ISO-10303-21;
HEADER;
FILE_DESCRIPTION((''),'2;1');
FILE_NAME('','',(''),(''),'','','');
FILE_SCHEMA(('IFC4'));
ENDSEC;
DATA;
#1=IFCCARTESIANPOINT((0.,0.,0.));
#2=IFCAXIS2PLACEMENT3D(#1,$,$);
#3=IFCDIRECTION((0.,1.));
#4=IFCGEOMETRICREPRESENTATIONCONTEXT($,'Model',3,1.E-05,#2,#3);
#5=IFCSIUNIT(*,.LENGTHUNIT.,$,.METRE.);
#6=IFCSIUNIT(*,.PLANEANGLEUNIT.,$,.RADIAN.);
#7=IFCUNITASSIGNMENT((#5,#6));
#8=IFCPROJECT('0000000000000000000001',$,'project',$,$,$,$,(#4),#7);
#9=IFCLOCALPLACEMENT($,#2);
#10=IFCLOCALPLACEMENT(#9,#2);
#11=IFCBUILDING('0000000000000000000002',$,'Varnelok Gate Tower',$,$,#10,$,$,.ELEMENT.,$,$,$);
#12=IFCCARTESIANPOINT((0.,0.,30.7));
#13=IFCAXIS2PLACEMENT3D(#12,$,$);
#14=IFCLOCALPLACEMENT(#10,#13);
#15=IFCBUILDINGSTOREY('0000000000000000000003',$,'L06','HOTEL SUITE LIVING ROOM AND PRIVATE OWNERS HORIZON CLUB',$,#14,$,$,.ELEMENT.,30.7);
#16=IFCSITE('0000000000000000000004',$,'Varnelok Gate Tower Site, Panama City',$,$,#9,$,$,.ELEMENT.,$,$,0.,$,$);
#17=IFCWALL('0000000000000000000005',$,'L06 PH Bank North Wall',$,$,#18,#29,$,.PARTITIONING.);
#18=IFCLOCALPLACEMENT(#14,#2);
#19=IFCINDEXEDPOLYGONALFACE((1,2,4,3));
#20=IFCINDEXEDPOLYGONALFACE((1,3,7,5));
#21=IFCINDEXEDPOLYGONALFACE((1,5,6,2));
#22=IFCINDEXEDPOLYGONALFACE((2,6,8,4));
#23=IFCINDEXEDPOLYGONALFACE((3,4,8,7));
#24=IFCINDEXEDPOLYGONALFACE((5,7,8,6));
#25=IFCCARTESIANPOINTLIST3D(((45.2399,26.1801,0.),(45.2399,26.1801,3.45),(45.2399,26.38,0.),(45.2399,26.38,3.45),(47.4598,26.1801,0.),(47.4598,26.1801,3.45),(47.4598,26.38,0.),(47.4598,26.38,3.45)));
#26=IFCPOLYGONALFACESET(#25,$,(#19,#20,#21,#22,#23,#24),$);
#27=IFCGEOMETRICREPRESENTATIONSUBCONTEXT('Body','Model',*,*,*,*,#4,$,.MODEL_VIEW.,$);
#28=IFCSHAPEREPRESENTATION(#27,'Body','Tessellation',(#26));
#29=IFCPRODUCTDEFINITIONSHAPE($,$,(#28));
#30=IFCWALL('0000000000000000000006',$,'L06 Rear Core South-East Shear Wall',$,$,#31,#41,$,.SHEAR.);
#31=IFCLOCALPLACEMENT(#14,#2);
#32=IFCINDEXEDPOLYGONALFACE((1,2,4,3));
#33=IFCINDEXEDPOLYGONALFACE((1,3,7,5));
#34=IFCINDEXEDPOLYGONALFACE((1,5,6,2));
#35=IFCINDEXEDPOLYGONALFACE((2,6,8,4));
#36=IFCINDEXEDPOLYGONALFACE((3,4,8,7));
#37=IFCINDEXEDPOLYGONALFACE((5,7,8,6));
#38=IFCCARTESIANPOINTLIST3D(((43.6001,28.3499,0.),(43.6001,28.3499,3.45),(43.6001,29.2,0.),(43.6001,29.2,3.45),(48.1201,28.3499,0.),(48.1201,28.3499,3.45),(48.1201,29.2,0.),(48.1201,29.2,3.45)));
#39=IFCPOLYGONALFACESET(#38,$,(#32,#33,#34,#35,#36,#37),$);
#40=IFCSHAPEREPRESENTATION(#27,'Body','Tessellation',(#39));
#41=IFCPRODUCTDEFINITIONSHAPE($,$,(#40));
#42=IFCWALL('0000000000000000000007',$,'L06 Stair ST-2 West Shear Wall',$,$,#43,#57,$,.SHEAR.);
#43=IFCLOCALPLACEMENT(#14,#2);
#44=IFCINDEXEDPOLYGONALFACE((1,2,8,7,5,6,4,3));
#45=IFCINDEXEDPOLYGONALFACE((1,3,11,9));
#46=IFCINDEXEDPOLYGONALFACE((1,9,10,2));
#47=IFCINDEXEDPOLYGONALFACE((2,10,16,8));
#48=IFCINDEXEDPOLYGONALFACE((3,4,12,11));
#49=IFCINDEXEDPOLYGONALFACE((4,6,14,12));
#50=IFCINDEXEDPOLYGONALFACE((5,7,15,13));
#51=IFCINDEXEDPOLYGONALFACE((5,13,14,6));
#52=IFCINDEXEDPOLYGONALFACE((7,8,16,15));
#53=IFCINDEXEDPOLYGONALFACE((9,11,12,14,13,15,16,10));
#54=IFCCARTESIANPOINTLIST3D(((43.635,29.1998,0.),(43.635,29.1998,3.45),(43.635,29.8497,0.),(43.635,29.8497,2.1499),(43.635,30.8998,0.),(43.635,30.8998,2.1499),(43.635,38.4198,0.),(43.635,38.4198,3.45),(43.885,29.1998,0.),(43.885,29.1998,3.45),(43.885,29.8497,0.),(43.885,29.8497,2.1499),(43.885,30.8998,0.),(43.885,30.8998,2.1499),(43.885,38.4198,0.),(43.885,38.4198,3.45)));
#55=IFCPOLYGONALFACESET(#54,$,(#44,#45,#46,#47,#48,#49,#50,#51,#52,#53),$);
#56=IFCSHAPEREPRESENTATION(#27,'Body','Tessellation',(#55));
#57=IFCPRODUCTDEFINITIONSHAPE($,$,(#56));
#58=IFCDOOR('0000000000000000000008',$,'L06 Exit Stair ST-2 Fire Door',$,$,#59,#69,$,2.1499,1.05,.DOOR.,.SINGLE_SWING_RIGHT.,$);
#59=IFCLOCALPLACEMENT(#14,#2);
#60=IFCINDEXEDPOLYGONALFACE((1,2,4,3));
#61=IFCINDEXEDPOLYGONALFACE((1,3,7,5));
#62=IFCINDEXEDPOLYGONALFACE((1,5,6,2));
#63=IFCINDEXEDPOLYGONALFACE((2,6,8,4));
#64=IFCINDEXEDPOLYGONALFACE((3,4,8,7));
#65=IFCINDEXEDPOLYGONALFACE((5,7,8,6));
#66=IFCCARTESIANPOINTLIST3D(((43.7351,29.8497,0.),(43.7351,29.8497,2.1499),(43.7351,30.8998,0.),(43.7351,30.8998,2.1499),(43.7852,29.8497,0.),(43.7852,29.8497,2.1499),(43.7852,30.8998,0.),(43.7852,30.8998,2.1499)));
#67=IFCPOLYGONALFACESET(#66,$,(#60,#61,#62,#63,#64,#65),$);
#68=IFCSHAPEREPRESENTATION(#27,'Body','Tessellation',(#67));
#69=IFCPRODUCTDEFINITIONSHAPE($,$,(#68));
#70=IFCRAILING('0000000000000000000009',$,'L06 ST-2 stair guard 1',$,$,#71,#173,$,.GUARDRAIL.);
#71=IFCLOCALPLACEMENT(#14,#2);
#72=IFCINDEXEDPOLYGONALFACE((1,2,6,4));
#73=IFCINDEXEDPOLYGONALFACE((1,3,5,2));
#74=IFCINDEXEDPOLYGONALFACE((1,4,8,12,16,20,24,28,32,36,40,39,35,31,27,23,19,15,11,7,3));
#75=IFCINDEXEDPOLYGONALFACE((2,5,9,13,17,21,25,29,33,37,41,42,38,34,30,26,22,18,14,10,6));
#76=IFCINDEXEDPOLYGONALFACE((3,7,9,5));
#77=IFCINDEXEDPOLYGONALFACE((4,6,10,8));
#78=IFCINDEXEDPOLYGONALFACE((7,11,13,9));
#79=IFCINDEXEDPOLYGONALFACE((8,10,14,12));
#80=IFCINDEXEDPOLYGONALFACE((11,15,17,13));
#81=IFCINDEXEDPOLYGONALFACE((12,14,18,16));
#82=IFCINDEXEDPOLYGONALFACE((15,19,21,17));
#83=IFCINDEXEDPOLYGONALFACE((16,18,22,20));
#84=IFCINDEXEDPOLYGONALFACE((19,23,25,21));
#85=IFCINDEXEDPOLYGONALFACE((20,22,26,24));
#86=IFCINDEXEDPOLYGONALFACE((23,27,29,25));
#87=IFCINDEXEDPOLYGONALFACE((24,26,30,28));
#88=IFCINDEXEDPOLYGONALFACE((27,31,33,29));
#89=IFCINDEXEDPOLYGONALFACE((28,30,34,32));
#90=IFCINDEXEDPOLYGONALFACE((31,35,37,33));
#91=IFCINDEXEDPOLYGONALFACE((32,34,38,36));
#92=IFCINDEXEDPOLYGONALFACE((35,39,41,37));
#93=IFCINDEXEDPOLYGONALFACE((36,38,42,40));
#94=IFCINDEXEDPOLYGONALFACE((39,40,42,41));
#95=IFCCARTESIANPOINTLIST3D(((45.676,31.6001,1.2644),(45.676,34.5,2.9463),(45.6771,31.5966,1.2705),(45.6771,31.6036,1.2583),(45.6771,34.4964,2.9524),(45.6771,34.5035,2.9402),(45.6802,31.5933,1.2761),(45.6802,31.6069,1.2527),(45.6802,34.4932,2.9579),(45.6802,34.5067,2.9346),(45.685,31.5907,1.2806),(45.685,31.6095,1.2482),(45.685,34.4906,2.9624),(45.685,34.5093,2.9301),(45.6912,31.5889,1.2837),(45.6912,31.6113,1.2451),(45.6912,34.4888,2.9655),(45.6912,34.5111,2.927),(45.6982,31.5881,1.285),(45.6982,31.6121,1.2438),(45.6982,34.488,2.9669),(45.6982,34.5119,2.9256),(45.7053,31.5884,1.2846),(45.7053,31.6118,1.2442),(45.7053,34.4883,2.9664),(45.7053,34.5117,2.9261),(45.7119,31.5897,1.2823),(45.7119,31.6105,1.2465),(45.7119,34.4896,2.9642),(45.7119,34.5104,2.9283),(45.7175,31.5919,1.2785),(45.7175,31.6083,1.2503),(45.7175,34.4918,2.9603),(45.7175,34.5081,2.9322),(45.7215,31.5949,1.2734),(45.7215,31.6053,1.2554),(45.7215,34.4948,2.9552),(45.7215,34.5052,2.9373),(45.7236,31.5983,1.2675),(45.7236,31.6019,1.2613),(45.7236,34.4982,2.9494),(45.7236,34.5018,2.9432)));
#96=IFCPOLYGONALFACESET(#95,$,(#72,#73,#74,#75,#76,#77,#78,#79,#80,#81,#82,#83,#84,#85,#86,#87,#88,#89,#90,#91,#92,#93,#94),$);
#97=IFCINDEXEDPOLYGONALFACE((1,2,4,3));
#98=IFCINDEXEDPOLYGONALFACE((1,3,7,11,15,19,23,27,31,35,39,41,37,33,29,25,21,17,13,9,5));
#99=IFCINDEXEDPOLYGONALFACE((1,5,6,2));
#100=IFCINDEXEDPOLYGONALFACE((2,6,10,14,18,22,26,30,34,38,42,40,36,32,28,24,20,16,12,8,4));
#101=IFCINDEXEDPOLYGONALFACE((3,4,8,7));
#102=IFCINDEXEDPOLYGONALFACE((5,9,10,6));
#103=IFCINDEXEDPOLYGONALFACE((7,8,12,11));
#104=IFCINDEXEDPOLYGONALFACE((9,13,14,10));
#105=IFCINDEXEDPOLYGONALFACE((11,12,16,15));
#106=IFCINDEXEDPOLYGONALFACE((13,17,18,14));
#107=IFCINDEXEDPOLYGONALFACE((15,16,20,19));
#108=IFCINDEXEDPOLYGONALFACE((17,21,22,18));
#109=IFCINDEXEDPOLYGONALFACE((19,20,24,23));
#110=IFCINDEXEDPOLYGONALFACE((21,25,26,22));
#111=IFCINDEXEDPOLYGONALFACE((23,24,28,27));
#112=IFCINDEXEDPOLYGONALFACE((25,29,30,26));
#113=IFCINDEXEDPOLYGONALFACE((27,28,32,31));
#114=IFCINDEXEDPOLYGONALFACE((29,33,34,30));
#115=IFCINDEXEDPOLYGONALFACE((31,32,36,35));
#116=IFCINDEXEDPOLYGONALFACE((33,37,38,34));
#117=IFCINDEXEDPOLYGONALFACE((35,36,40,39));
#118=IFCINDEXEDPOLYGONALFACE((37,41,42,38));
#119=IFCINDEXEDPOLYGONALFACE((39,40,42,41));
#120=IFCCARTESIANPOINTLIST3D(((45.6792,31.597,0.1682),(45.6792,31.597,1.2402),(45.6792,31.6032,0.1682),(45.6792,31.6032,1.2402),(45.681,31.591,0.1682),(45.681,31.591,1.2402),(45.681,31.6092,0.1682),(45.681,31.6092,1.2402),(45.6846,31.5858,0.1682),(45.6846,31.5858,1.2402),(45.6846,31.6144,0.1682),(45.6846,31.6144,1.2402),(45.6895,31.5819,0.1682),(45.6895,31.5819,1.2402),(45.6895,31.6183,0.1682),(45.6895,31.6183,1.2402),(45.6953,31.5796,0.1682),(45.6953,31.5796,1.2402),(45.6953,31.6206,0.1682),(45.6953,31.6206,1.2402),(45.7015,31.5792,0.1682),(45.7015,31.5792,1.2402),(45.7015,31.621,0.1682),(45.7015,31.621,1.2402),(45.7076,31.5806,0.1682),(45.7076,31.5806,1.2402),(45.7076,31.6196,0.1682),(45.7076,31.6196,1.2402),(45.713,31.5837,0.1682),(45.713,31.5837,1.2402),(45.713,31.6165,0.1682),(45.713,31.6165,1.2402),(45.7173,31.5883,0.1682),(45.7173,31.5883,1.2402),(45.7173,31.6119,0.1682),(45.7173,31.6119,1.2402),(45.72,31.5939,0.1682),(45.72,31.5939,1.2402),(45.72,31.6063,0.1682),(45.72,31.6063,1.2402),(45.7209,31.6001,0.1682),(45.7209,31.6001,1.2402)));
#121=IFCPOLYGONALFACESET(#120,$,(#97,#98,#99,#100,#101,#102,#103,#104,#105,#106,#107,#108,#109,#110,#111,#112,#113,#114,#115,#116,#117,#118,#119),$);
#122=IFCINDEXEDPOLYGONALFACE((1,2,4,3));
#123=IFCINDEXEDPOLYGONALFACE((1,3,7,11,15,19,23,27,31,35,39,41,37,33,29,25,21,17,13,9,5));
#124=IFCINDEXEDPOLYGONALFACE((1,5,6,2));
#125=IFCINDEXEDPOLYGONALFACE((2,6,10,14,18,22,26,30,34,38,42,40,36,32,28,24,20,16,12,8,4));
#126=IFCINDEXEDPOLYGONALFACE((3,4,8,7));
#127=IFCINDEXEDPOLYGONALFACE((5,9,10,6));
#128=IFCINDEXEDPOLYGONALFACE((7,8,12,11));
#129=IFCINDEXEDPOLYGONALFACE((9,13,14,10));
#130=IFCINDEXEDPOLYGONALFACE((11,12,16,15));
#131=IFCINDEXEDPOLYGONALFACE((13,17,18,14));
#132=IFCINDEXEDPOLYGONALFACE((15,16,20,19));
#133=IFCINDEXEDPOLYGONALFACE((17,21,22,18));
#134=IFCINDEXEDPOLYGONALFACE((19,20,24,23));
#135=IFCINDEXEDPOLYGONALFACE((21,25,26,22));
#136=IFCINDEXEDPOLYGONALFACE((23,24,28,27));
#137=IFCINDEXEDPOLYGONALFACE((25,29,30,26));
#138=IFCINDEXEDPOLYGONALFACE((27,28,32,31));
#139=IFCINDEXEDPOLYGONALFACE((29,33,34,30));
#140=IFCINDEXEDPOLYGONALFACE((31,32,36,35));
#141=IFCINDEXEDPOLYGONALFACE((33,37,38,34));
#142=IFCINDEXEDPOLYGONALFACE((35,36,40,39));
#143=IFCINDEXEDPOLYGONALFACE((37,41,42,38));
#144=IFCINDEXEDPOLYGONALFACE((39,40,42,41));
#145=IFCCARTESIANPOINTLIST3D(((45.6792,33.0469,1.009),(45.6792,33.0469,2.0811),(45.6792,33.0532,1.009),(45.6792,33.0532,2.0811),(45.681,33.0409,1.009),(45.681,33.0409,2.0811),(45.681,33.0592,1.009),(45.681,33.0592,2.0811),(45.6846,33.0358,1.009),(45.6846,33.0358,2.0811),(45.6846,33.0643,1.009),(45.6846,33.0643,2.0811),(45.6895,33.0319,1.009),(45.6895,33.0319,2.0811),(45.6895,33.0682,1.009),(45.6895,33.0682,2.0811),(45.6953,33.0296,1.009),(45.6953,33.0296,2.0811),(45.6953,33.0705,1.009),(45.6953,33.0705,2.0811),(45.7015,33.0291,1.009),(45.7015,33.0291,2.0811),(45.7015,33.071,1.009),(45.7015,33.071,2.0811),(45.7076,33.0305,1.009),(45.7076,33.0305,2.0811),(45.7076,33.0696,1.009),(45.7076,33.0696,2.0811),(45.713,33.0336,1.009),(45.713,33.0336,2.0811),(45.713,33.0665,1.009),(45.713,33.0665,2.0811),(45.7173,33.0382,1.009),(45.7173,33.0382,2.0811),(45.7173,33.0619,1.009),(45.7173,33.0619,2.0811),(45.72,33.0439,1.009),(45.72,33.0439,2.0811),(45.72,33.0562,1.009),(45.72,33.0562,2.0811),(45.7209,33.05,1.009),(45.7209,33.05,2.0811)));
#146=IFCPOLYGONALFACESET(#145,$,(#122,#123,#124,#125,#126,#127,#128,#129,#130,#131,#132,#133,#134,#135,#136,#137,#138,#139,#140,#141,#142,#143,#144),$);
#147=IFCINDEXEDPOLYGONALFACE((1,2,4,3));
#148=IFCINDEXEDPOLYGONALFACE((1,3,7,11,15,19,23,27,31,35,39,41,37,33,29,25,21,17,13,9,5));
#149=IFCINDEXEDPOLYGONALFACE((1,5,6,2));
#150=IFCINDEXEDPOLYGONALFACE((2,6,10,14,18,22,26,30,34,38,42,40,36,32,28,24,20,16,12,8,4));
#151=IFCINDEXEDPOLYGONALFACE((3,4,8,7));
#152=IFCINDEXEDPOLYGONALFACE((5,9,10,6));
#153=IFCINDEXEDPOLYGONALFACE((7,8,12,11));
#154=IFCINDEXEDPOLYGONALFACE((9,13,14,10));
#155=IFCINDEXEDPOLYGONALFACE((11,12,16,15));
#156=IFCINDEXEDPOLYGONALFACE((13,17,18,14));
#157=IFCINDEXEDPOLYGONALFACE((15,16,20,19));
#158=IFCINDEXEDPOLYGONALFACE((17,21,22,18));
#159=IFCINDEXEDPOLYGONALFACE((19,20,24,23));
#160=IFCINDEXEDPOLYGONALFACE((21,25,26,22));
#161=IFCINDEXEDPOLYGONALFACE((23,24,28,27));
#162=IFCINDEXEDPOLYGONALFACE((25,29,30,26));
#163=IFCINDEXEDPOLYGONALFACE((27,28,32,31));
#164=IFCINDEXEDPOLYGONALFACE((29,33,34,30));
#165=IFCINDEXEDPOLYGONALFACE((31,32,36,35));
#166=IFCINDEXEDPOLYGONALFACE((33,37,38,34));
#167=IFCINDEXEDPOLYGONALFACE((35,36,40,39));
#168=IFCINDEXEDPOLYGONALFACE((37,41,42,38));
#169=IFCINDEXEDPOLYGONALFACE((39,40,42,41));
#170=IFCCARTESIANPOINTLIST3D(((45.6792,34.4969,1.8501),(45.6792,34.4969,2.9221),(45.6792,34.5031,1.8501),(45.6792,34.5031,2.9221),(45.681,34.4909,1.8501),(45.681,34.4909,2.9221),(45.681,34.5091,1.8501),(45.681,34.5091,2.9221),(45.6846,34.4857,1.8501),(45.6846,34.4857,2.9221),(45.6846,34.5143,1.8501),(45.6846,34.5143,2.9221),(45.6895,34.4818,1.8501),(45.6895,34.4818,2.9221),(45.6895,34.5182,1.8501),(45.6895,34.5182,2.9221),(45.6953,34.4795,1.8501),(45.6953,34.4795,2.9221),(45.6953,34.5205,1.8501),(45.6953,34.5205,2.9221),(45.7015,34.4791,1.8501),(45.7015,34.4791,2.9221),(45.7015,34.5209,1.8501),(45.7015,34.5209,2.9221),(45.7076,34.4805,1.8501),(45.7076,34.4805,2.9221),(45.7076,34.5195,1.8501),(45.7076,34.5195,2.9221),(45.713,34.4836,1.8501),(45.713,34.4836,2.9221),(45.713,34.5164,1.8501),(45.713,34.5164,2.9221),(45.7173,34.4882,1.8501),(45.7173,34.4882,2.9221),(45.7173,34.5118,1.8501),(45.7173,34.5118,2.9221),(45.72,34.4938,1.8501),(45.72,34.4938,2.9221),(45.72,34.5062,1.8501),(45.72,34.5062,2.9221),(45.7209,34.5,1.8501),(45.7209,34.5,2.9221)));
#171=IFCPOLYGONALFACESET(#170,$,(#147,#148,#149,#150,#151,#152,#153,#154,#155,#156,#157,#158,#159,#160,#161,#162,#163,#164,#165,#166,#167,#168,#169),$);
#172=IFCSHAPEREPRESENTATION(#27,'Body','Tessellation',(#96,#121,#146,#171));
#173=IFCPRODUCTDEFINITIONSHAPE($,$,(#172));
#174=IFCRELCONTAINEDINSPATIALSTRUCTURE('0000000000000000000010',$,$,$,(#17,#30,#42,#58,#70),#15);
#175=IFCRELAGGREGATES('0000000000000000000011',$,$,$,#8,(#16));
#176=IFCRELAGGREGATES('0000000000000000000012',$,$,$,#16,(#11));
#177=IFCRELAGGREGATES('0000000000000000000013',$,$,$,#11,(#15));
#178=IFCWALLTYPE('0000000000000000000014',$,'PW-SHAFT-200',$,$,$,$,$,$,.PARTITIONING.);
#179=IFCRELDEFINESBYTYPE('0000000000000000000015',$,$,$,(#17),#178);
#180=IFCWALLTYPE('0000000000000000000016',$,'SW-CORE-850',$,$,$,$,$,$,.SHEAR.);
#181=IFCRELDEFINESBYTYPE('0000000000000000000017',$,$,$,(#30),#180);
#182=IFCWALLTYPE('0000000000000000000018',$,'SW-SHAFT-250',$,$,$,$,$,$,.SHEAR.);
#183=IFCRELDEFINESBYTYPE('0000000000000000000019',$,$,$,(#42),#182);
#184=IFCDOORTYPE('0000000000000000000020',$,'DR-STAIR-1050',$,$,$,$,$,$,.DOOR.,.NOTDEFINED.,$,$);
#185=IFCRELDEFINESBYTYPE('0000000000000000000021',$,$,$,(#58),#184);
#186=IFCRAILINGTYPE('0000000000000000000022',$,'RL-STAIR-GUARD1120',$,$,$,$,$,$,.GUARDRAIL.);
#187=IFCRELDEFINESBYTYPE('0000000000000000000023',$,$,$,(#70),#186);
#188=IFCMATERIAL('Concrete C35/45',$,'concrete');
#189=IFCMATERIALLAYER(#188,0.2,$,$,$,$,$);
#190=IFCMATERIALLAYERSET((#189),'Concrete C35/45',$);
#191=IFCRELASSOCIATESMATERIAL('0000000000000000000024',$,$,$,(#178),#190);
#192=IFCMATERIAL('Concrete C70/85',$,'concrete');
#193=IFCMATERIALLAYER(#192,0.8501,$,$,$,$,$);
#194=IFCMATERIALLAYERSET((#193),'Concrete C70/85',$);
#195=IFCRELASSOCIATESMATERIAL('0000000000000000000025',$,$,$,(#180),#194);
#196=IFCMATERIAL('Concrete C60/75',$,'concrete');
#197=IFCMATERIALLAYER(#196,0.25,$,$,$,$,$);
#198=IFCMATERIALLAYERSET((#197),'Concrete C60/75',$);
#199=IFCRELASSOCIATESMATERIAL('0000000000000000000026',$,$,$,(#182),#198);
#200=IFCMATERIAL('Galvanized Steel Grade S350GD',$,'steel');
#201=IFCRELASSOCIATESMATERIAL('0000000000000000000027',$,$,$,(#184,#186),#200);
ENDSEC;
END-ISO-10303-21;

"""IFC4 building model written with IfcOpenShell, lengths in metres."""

from ifc_helpers import new_model, si_unit, direction, frame, frame_2d, origin, origin_2d, place, context, subcontext, project, spatial, rectangle, circle, extrude, material, layer, layer_set, type_object, element, fill, save


model = new_model("IFC4")

# Units and contexts
model_context = context("Model", 3, precision=1e-05, world=origin(), true_north=direction((0.0, 1.0)))
body_context = subcontext(model_context, "Body", "Model", "MODEL_VIEW")
ifc_project = project(units=[si_unit("LENGTHUNIT", "METRE"), si_unit("PLANEANGLEUNIT", "RADIAN")], contexts=[model_context])

# Site, building, storey
site_placement = place(None, origin())
site = spatial("IfcSite", under=ifc_project, at=site_placement, Name="Varnelok Gate Tower Site, Panama City", CompositionType="ELEMENT", RefElevation=0.0)
building_placement = place(site_placement, origin())
building = spatial("IfcBuilding", under=site, at=building_placement, Name="Varnelok Gate Tower", CompositionType="ELEMENT")
storey_placement = place(building_placement, frame((0.0, 0.0, 30.7)))
storey = spatial("IfcBuildingStorey", under=building, at=storey_placement, Name="L06", Description="HOTEL SUITE LIVING ROOM AND PRIVATE OWNERS HORIZON CLUB", CompositionType="ELEMENT", Elevation=30.7)

# Shared definitions
ifc_material_1 = material(Name="Concrete C70/85", Category="concrete")

# Shared definitions
ifc_material_2 = material(Name="Galvanized Steel Grade S350GD", Category="steel")

# Shared definitions
ifc_material_3 = material(Name="Concrete C35/45", Category="concrete")
ifc_layer_1 = layer(ifc_material_3, 0.2)
ifc_layer_set_1 = layer_set([ifc_layer_1], Name="Concrete C35/45")
wall_type_1 = type_object("IfcWallType", Name="PW-SHAFT-200", PredefinedType="PARTITIONING", material=ifc_layer_set_1)

# Walls
for number, where, z_axis, x_axis, name in (
    (1, (45.24, 26.28, 0.0), (0.0, 0.0, 1.0), (1.0, 0.0, 0.0), "L06 PH Bank North Wall"),
):
    element("IfcWall", number, at=place(storey_placement, frame(where, z_axis=z_axis, x_axis=x_axis)), inside=storey, type_object=wall_type_1, Name=name, PredefinedType="PARTITIONING", context=body_context, shape_type="SweptSolid", body=[
        extrude(rectangle(XDim=2.22, YDim=0.2, at=frame_2d((1.1099, 0.0))), origin(), (0.0, 0.0, 1.0), 3.45),
    ])
ifc_layer_2 = layer(ifc_material_1, 0.8501)
ifc_layer_set_2 = layer_set([ifc_layer_2], Name="Concrete C70/85")
wall_type_2 = type_object("IfcWallType", Name="SW-CORE-850", PredefinedType="SHEAR", material=ifc_layer_set_2)
wall_1_placement = place(storey_placement, frame((43.6001, 28.7749, 0.0), z_axis=(0.0, 0.0, 1.0), x_axis=(1.0, 0.0, 0.0)))
element("IfcWall", 2, at=wall_1_placement, inside=storey, type_object=wall_type_2, Name="L06 Rear Core South-East Shear Wall", PredefinedType="SHEAR", context=body_context, shape_type="SweptSolid", body=[
    extrude(rectangle(XDim=4.52, YDim=0.8501, at=frame_2d((2.26, 0.0))), origin(), (0.0, 0.0, 1.0), 3.45),
])

# Wall, opening, door
ifc_material_4 = material(Name="Concrete C60/75", Category="concrete")
ifc_layer_3 = layer(ifc_material_4, 0.25)
ifc_layer_set_3 = layer_set([ifc_layer_3], Name="Concrete C60/75")
wall_type_3 = type_object("IfcWallType", Name="SW-SHAFT-250", PredefinedType="SHEAR", material=ifc_layer_set_3)
wall_2_placement = place(storey_placement, frame((43.76, 29.2, 0.0), z_axis=(0.0, 0.0, 1.0), x_axis=(0.0, 1.0, 0.0)))
wall_2 = element("IfcWall", 3, at=wall_2_placement, inside=storey, type_object=wall_type_3, Name="L06 Stair ST-2 West Shear Wall", PredefinedType="SHEAR", context=body_context, shape_type="SweptSolid", body=[
    extrude(rectangle(XDim=9.22, YDim=0.25, at=frame_2d((4.6099, 0.0))), origin(), (0.0, 0.0, 1.0), 3.45),
])
opening_1_placement = place(wall_2_placement, frame((0.6499, 0.0, 0.0)))
opening_1 = element("IfcOpeningElement", 4, at=opening_1_placement, cuts=wall_2, PredefinedType="OPENING", context=body_context, shape_type="SweptSolid", body=[
    extrude(rectangle(XDim=1.05, YDim=2.1499, at=frame_2d((0.5249, 1.075))), frame((0.0, 0.135, 0.0), z_axis=(0.0, -1.0, 0.0), x_axis=(1.0, 0.0, 0.0)), (0.0, 0.0, 1.0), 0.27),
])
door_type_1 = type_object("IfcDoorType", Name="DR-STAIR-1050", OperationType="NOTDEFINED", PredefinedType="DOOR", material=ifc_material_2)
door_1_placement = place(opening_1_placement, origin())
door_1 = element("IfcDoor", 5, at=door_1_placement, inside=storey, type_object=door_type_1, Name="L06 Exit Stair ST-2 Fire Door", OperationType="SINGLE_SWING_RIGHT", OverallHeight=2.1499, OverallWidth=1.05, PredefinedType="DOOR", context=body_context, shape_type="SweptSolid", body=[
    extrude(rectangle(XDim=1.05, YDim=2.1499, at=frame_2d((0.5249, 1.075))), frame((0.0, 0.0249, 0.0), z_axis=(0.0, -1.0, 0.0), x_axis=(1.0, 0.0, 0.0)), (0.0, 0.0, 1.0), 0.05),
])
fill(opening_1, door_1)

# Railing
railing_type_1 = type_object("IfcRailingType", Name="RL-STAIR-GUARD1120", PredefinedType="GUARDRAIL", material=ifc_material_2)
railing_1_placement = place(storey_placement, frame((45.7, 31.6001, 0.1682)))
element("IfcRailing", 6, at=railing_1_placement, inside=storey, type_object=railing_type_1, Name="L06 ST-2 stair guard 1", PredefinedType="GUARDRAIL", context=body_context, shape_type="SweptSolid", body=[
    extrude(circle(Radius=0.0239, at=origin_2d()), frame((0.0, 0.0, 1.0962), z_axis=(0.0, 0.865039, 0.501705), x_axis=(-1.0, 0.0, 0.0)), (0.0, 0.0, 1.0), 3.3523),
    extrude(circle(Radius=0.021, at=origin_2d()), origin(), (0.0, 0.0, 1.0), 1.072),
    extrude(circle(Radius=0.021, at=origin_2d()), frame((0.0, 1.45, 0.8408)), (0.0, 0.0, 1.0), 1.072),
    extrude(circle(Radius=0.021, at=origin_2d()), frame((0.0, 2.8999, 1.6819)), (0.0, 0.0, 1.0), 1.072),
])

save(model, "model.ifc")
